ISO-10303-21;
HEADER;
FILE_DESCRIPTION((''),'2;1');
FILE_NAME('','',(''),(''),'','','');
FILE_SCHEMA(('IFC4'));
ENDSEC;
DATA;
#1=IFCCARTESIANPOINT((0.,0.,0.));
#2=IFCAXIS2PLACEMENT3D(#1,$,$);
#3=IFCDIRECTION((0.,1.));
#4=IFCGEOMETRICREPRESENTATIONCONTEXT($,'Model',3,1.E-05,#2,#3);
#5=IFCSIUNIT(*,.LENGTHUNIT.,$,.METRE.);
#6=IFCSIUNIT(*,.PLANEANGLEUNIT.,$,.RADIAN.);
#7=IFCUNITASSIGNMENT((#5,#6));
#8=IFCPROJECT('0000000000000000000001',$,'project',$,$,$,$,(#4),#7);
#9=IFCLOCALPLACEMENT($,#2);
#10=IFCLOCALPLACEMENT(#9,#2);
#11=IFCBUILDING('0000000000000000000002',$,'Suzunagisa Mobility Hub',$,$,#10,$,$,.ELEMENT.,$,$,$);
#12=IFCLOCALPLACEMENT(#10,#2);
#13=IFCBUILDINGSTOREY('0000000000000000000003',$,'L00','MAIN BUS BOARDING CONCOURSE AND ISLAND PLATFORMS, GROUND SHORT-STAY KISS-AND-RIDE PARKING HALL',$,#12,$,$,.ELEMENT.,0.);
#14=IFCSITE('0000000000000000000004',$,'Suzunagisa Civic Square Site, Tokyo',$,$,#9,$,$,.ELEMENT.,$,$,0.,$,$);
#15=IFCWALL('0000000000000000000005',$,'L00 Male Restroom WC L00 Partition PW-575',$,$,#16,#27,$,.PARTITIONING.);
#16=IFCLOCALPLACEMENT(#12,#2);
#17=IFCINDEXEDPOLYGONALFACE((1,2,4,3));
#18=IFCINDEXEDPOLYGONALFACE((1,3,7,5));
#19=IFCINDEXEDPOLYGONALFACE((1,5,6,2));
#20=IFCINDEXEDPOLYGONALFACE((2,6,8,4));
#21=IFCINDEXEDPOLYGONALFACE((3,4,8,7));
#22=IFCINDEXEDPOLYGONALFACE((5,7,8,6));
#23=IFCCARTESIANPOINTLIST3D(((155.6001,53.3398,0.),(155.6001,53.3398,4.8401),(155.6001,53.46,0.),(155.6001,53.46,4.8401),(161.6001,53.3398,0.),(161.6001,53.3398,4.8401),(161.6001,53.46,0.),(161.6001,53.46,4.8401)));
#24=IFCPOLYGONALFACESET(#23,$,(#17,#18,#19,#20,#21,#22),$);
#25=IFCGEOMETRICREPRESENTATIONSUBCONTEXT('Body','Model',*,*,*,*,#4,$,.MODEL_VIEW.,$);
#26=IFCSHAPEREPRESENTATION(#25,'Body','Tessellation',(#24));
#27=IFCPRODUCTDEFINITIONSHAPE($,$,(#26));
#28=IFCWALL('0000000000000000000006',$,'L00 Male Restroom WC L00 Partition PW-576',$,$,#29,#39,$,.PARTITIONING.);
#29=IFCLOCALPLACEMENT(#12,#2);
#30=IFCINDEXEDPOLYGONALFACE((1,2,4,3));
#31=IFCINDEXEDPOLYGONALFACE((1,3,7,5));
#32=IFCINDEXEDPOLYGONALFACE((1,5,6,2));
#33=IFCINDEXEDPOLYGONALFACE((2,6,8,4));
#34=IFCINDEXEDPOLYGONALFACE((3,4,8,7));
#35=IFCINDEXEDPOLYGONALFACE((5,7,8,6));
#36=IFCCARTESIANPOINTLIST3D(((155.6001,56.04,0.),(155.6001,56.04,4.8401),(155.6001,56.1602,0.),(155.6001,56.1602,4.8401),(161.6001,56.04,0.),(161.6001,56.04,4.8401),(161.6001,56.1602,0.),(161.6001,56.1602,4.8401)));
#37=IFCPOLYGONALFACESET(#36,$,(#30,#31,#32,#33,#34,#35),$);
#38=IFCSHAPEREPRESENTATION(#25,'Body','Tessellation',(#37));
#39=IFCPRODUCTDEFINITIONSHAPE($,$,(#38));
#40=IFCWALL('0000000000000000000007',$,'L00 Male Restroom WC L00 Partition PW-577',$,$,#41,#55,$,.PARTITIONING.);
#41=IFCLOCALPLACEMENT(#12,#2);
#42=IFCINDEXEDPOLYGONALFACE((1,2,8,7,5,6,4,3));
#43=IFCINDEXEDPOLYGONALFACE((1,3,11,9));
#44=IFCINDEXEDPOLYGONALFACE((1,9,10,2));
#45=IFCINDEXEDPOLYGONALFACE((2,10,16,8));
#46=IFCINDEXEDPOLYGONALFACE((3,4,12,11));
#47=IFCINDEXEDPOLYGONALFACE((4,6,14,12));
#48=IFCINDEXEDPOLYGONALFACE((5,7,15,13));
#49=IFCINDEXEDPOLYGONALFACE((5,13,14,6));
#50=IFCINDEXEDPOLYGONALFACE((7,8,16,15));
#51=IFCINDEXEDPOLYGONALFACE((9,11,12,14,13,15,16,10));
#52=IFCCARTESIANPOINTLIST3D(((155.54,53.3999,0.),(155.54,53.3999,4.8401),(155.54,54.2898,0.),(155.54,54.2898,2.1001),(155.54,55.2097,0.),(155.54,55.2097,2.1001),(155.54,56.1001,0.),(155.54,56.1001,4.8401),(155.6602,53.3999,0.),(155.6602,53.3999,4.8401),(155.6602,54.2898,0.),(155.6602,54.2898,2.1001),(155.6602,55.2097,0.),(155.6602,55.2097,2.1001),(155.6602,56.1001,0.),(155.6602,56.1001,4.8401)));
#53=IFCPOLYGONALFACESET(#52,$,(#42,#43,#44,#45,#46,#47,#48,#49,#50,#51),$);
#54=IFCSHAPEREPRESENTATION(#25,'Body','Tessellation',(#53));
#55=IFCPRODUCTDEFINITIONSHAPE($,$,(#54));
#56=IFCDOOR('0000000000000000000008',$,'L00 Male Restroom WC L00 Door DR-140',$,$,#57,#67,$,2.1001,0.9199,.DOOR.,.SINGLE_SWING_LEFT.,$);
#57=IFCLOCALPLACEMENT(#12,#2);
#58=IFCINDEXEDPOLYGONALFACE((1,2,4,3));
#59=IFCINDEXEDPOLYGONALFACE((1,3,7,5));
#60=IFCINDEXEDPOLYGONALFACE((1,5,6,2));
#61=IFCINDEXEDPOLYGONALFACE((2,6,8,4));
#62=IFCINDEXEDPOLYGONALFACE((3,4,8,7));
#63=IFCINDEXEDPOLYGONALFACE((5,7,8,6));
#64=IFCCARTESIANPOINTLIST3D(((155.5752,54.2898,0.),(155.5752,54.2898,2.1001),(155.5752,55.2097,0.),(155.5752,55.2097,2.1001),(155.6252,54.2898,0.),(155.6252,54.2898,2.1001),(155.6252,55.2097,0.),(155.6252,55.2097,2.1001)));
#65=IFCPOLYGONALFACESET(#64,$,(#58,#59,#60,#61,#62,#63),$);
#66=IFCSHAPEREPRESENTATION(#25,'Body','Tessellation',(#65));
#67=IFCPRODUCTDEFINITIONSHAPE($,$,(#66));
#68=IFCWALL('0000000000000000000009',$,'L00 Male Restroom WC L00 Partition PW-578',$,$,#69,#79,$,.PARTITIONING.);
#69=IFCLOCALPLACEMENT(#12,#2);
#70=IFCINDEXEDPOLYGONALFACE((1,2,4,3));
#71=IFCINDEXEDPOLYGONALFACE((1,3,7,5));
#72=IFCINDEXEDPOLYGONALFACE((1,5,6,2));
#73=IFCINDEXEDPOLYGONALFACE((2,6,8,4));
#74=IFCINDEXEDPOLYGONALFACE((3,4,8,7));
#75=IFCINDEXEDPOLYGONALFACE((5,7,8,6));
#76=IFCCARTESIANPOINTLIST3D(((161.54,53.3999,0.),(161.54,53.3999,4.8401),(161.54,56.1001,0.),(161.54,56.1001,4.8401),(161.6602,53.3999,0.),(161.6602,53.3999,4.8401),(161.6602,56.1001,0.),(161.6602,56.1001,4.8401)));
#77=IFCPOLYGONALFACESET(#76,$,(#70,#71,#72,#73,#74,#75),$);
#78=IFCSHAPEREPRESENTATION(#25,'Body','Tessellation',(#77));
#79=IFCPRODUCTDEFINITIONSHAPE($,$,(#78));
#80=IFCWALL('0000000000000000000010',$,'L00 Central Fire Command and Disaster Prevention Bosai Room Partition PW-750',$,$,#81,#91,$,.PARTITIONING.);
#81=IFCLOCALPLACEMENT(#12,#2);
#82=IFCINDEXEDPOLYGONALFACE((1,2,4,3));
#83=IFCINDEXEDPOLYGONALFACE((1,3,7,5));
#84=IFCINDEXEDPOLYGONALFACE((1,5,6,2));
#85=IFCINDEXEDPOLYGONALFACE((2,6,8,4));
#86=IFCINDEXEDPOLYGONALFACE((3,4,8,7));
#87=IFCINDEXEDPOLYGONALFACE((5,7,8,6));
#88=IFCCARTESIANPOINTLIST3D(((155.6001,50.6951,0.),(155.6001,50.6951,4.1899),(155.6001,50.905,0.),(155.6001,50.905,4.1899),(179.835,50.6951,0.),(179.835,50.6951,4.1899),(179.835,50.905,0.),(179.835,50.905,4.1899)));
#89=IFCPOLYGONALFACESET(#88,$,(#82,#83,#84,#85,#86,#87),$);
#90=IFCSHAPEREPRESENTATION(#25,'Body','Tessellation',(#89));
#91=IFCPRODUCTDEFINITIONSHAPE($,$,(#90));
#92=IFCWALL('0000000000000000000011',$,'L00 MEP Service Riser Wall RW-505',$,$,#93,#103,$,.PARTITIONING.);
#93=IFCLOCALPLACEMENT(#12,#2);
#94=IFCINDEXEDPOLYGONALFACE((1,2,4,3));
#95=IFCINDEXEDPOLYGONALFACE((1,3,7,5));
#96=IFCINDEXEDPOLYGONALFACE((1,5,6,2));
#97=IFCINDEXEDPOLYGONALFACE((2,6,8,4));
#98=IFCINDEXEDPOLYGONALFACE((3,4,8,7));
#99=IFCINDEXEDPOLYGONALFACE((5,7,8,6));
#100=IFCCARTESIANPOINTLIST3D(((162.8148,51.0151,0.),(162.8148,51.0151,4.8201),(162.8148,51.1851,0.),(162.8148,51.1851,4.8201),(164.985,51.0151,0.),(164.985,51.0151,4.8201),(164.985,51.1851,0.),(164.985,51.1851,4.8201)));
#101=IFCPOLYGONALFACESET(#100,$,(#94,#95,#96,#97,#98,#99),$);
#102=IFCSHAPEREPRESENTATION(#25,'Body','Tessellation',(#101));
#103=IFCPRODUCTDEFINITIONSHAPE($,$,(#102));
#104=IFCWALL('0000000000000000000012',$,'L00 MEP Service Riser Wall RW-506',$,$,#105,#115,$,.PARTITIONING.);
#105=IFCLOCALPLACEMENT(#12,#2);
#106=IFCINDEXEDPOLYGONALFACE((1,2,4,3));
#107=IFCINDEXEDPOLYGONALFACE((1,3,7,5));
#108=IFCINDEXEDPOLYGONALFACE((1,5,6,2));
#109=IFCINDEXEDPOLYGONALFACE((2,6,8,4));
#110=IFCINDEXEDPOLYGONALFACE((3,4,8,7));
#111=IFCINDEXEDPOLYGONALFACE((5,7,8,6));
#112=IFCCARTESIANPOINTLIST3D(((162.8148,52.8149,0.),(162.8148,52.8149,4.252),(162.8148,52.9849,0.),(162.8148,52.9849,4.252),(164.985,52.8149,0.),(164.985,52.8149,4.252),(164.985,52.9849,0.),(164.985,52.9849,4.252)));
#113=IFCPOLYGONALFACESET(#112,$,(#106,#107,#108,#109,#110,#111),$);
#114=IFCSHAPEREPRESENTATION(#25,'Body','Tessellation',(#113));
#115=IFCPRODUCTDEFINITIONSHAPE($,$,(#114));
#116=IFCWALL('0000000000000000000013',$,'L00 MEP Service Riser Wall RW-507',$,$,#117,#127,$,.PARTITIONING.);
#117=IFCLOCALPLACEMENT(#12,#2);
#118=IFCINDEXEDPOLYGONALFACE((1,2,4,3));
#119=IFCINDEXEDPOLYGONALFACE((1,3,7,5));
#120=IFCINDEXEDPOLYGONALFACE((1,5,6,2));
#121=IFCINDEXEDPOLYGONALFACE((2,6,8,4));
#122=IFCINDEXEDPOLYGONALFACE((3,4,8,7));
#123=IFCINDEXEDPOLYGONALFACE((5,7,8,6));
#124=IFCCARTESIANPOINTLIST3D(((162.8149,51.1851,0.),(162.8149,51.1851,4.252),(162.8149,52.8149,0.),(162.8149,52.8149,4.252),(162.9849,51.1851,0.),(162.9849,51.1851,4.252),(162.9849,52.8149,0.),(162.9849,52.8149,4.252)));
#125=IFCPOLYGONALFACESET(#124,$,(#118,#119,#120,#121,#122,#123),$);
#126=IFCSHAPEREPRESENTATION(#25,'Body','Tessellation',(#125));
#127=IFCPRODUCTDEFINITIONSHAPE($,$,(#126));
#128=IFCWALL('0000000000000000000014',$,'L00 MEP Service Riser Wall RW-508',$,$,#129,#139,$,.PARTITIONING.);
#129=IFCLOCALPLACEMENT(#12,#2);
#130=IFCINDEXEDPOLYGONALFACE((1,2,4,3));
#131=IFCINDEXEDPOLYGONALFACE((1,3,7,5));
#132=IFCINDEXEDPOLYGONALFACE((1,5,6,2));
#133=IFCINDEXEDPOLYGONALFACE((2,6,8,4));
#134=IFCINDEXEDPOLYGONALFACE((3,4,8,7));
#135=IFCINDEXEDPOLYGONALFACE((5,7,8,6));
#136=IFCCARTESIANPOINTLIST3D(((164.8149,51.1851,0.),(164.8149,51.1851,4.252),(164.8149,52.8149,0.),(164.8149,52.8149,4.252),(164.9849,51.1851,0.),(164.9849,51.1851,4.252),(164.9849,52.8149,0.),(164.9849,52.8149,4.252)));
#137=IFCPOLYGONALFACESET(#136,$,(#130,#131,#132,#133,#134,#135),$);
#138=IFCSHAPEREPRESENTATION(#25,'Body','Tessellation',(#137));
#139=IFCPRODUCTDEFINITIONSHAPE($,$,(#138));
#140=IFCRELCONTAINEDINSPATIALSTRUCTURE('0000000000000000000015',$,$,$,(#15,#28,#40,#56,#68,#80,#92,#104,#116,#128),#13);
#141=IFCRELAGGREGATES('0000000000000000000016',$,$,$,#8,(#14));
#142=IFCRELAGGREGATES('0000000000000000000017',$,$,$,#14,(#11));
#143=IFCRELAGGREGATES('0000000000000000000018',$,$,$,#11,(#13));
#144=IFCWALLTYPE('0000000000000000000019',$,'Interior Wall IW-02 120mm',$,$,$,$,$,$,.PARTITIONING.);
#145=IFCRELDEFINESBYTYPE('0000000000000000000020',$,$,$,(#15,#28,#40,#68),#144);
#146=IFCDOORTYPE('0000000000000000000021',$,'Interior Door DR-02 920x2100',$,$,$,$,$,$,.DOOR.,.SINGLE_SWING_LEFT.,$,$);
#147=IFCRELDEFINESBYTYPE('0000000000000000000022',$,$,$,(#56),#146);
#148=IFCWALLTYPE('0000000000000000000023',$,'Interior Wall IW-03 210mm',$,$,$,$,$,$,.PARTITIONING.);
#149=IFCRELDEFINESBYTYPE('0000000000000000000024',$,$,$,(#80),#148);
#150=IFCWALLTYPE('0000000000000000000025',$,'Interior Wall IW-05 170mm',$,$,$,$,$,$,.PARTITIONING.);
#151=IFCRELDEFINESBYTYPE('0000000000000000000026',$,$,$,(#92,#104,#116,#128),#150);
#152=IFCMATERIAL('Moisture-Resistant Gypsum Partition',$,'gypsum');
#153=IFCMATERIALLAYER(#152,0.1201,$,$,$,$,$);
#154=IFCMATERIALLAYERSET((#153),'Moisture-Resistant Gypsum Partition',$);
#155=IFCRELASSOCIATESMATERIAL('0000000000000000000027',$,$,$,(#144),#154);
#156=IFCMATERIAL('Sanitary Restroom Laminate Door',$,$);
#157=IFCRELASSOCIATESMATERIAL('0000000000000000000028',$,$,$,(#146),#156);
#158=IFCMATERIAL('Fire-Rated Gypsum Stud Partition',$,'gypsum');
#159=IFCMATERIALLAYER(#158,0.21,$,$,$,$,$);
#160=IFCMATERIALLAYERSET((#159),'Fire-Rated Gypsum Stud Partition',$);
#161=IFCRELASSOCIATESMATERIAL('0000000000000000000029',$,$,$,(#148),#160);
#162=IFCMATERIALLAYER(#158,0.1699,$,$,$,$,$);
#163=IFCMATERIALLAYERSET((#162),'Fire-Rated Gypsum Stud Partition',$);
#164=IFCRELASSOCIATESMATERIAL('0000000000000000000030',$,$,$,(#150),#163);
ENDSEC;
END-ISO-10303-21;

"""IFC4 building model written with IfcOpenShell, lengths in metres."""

from ifc_helpers import new_model, si_unit, direction, frame, frame_2d, origin, place, context, subcontext, project, spatial, rectangle, extrude, material, layer, layer_set, type_object, element, fill, save


model = new_model("IFC4")

# Units and contexts
model_context = context("Model", 3, precision=1e-05, world=origin(), true_north=direction((0.0, 1.0)))
body_context = subcontext(model_context, "Body", "Model", "MODEL_VIEW")
ifc_project = project(units=[si_unit("LENGTHUNIT", "METRE"), si_unit("PLANEANGLEUNIT", "RADIAN")], contexts=[model_context])

# Site, building, storey
site_placement = place(None, origin())
site = spatial("IfcSite", under=ifc_project, at=site_placement, Name="Suzunagisa Civic Square Site, Tokyo", CompositionType="ELEMENT", RefElevation=0.0)
building_placement = place(site_placement, origin())
building = spatial("IfcBuilding", under=site, at=building_placement, Name="Suzunagisa Mobility Hub", CompositionType="ELEMENT")
storey_placement = place(building_placement, origin())
storey = spatial("IfcBuildingStorey", under=building, at=storey_placement, Name="L00", Description="MAIN BUS BOARDING CONCOURSE AND ISLAND PLATFORMS, GROUND SHORT-STAY KISS-AND-RIDE PARKING HALL", CompositionType="ELEMENT", Elevation=0.0)

# Walls
ifc_material_1 = material(Name="Moisture-Resistant Gypsum Partition", Category="gypsum")
ifc_layer_1 = layer(ifc_material_1, 0.1201)
ifc_layer_set_1 = layer_set([ifc_layer_1], Name="Moisture-Resistant Gypsum Partition")
wall_type_1 = type_object("IfcWallType", Name="Interior Wall IW-02 120mm", PredefinedType="PARTITIONING", material=ifc_layer_set_1)
for number, where, z_axis, x_axis, name in (
    (1, (155.6001, 53.3999, 0.0), (0.0, 0.0, 1.0), (1.0, 0.0, 0.0), "L00 Male Restroom WC L00 Partition PW-575"),
    (2, (155.6001, 56.1001, 0.0), (0.0, 0.0, 1.0), (1.0, 0.0, 0.0), "L00 Male Restroom WC L00 Partition PW-576"),
):
    element("IfcWall", number, at=place(storey_placement, frame(where, z_axis=z_axis, x_axis=x_axis)), inside=storey, type_object=wall_type_1, Name=name, PredefinedType="PARTITIONING", context=body_context, shape_type="SweptSolid", body=[
        extrude(rectangle(XDim=6.0, YDim=0.1201, at=frame_2d((3.0, 0.0))), origin(), (0.0, 0.0, 1.0), 4.8401),
    ])

# Wall, opening, door
wall_1_placement = place(storey_placement, frame((155.6001, 53.3999, 0.0), z_axis=(0.0, 0.0, 1.0), x_axis=(0.0, 1.0, 0.0)))
wall_1 = element("IfcWall", 3, at=wall_1_placement, inside=storey, type_object=wall_type_1, Name="L00 Male Restroom WC L00 Partition PW-577", PredefinedType="PARTITIONING", context=body_context, shape_type="SweptSolid", body=[
    extrude(rectangle(XDim=2.7002, YDim=0.1201, at=frame_2d((1.3501, 0.0))), origin(), (0.0, 0.0, 1.0), 4.8401),
])
opening_placement = place(wall_1_placement, frame((0.8899, 0.0, 0.0)))
opening = element("IfcOpeningElement", 4, at=opening_placement, cuts=wall_1, PredefinedType="OPENING", context=body_context, shape_type="SweptSolid", body=[
    extrude(rectangle(XDim=0.9199, YDim=2.1001, at=frame_2d((0.46, 1.05))), frame((0.0, 0.071, 0.0), z_axis=(0.0, -1.0, 0.0), x_axis=(1.0, 0.0, 0.0)), (0.0, 0.0, 1.0), 0.1421),
])
ifc_material_2 = material(Name="Sanitary Restroom Laminate Door")
door_type = type_object("IfcDoorType", Name="Interior Door DR-02 920x2100", OperationType="SINGLE_SWING_LEFT", PredefinedType="DOOR", material=ifc_material_2)
door_placement = place(opening_placement, origin())
door = element("IfcDoor", 5, at=door_placement, inside=storey, type_object=door_type, Name="L00 Male Restroom WC L00 Door DR-140", OperationType="SINGLE_SWING_LEFT", OverallHeight=2.1001, OverallWidth=0.9199, PredefinedType="DOOR", context=body_context, shape_type="SweptSolid", body=[
    extrude(rectangle(XDim=0.9199, YDim=2.1001, at=frame_2d((0.46, 1.05))), frame((0.0, 0.0249, 0.0), z_axis=(0.0, -1.0, 0.0), x_axis=(1.0, 0.0, 0.0)), (0.0, 0.0, 1.0), 0.05),
])
fill(opening, door)

# Walls
wall_2_placement = place(storey_placement, frame((161.6001, 53.3999, 0.0), z_axis=(0.0, 0.0, 1.0), x_axis=(0.0, 1.0, 0.0)))
element("IfcWall", 6, at=wall_2_placement, inside=storey, type_object=wall_type_1, Name="L00 Male Restroom WC L00 Partition PW-578", PredefinedType="PARTITIONING", context=body_context, shape_type="SweptSolid", body=[
    extrude(rectangle(XDim=2.7002, YDim=0.1201, at=frame_2d((1.3501, 0.0))), origin(), (0.0, 0.0, 1.0), 4.8401),
])
ifc_material_3 = material(Name="Fire-Rated Gypsum Stud Partition", Category="gypsum")
ifc_layer_2 = layer(ifc_material_3, 0.21)
ifc_layer_set_2 = layer_set([ifc_layer_2], Name="Fire-Rated Gypsum Stud Partition")
wall_type_2 = type_object("IfcWallType", Name="Interior Wall IW-03 210mm", PredefinedType="PARTITIONING", material=ifc_layer_set_2)
wall_3_placement = place(storey_placement, frame((155.6001, 50.8, 0.0), z_axis=(0.0, 0.0, 1.0), x_axis=(1.0, 0.0, 0.0)))
element("IfcWall", 7, at=wall_3_placement, inside=storey, type_object=wall_type_2, Name="L00 Central Fire Command and Disaster Prevention Bosai Room Partition PW-750", PredefinedType="PARTITIONING", context=body_context, shape_type="SweptSolid", body=[
    extrude(rectangle(XDim=24.2349, YDim=0.21, at=frame_2d((12.1174, 0.0))), origin(), (0.0, 0.0, 1.0), 4.1899),
])
ifc_layer_3 = layer(ifc_material_3, 0.1699)
ifc_layer_set_3 = layer_set([ifc_layer_3], Name="Fire-Rated Gypsum Stud Partition")
wall_type_3 = type_object("IfcWallType", Name="Interior Wall IW-05 170mm", PredefinedType="PARTITIONING", material=ifc_layer_set_3)
wall_4_placement = place(storey_placement, frame((162.8149, 51.1001, 0.0), z_axis=(0.0, 0.0, 1.0), x_axis=(1.0, 0.0, 0.0)))
element("IfcWall", 8, at=wall_4_placement, inside=storey, type_object=wall_type_3, Name="L00 MEP Service Riser Wall RW-505", PredefinedType="PARTITIONING", context=body_context, shape_type="SweptSolid", body=[
    extrude(rectangle(XDim=2.1702, YDim=0.1699, at=frame_2d((1.085, 0.0))), origin(), (0.0, 0.0, 1.0), 4.8201),
])
wall_5_placement = place(storey_placement, frame((162.8149, 52.8999, 0.0), z_axis=(0.0, 0.0, 1.0), x_axis=(1.0, 0.0, 0.0)))
element("IfcWall", 9, at=wall_5_placement, inside=storey, type_object=wall_type_3, Name="L00 MEP Service Riser Wall RW-506", PredefinedType="PARTITIONING", context=body_context, shape_type="SweptSolid", body=[
    extrude(rectangle(XDim=2.1702, YDim=0.1699, at=frame_2d((1.085, 0.0))), origin(), (0.0, 0.0, 1.0), 4.252),
])
for number, where, z_axis, x_axis, name in (
    (10, (162.8999, 51.1851, 0.0), (0.0, 0.0, 1.0), (0.0, 1.0, 0.0), "L00 MEP Service Riser Wall RW-507"),
    (11, (164.8999, 51.1851, 0.0), (0.0, 0.0, 1.0), (0.0, 1.0, 0.0), "L00 MEP Service Riser Wall RW-508"),
):
    element("IfcWall", number, at=place(storey_placement, frame(where, z_axis=z_axis, x_axis=x_axis)), inside=storey, type_object=wall_type_3, Name=name, PredefinedType="PARTITIONING", context=body_context, shape_type="SweptSolid", body=[
        extrude(rectangle(XDim=1.6299, YDim=0.1699, at=frame_2d((0.8149, 0.0))), origin(), (0.0, 0.0, 1.0), 4.252),
    ])

save(model, "model.ifc")
